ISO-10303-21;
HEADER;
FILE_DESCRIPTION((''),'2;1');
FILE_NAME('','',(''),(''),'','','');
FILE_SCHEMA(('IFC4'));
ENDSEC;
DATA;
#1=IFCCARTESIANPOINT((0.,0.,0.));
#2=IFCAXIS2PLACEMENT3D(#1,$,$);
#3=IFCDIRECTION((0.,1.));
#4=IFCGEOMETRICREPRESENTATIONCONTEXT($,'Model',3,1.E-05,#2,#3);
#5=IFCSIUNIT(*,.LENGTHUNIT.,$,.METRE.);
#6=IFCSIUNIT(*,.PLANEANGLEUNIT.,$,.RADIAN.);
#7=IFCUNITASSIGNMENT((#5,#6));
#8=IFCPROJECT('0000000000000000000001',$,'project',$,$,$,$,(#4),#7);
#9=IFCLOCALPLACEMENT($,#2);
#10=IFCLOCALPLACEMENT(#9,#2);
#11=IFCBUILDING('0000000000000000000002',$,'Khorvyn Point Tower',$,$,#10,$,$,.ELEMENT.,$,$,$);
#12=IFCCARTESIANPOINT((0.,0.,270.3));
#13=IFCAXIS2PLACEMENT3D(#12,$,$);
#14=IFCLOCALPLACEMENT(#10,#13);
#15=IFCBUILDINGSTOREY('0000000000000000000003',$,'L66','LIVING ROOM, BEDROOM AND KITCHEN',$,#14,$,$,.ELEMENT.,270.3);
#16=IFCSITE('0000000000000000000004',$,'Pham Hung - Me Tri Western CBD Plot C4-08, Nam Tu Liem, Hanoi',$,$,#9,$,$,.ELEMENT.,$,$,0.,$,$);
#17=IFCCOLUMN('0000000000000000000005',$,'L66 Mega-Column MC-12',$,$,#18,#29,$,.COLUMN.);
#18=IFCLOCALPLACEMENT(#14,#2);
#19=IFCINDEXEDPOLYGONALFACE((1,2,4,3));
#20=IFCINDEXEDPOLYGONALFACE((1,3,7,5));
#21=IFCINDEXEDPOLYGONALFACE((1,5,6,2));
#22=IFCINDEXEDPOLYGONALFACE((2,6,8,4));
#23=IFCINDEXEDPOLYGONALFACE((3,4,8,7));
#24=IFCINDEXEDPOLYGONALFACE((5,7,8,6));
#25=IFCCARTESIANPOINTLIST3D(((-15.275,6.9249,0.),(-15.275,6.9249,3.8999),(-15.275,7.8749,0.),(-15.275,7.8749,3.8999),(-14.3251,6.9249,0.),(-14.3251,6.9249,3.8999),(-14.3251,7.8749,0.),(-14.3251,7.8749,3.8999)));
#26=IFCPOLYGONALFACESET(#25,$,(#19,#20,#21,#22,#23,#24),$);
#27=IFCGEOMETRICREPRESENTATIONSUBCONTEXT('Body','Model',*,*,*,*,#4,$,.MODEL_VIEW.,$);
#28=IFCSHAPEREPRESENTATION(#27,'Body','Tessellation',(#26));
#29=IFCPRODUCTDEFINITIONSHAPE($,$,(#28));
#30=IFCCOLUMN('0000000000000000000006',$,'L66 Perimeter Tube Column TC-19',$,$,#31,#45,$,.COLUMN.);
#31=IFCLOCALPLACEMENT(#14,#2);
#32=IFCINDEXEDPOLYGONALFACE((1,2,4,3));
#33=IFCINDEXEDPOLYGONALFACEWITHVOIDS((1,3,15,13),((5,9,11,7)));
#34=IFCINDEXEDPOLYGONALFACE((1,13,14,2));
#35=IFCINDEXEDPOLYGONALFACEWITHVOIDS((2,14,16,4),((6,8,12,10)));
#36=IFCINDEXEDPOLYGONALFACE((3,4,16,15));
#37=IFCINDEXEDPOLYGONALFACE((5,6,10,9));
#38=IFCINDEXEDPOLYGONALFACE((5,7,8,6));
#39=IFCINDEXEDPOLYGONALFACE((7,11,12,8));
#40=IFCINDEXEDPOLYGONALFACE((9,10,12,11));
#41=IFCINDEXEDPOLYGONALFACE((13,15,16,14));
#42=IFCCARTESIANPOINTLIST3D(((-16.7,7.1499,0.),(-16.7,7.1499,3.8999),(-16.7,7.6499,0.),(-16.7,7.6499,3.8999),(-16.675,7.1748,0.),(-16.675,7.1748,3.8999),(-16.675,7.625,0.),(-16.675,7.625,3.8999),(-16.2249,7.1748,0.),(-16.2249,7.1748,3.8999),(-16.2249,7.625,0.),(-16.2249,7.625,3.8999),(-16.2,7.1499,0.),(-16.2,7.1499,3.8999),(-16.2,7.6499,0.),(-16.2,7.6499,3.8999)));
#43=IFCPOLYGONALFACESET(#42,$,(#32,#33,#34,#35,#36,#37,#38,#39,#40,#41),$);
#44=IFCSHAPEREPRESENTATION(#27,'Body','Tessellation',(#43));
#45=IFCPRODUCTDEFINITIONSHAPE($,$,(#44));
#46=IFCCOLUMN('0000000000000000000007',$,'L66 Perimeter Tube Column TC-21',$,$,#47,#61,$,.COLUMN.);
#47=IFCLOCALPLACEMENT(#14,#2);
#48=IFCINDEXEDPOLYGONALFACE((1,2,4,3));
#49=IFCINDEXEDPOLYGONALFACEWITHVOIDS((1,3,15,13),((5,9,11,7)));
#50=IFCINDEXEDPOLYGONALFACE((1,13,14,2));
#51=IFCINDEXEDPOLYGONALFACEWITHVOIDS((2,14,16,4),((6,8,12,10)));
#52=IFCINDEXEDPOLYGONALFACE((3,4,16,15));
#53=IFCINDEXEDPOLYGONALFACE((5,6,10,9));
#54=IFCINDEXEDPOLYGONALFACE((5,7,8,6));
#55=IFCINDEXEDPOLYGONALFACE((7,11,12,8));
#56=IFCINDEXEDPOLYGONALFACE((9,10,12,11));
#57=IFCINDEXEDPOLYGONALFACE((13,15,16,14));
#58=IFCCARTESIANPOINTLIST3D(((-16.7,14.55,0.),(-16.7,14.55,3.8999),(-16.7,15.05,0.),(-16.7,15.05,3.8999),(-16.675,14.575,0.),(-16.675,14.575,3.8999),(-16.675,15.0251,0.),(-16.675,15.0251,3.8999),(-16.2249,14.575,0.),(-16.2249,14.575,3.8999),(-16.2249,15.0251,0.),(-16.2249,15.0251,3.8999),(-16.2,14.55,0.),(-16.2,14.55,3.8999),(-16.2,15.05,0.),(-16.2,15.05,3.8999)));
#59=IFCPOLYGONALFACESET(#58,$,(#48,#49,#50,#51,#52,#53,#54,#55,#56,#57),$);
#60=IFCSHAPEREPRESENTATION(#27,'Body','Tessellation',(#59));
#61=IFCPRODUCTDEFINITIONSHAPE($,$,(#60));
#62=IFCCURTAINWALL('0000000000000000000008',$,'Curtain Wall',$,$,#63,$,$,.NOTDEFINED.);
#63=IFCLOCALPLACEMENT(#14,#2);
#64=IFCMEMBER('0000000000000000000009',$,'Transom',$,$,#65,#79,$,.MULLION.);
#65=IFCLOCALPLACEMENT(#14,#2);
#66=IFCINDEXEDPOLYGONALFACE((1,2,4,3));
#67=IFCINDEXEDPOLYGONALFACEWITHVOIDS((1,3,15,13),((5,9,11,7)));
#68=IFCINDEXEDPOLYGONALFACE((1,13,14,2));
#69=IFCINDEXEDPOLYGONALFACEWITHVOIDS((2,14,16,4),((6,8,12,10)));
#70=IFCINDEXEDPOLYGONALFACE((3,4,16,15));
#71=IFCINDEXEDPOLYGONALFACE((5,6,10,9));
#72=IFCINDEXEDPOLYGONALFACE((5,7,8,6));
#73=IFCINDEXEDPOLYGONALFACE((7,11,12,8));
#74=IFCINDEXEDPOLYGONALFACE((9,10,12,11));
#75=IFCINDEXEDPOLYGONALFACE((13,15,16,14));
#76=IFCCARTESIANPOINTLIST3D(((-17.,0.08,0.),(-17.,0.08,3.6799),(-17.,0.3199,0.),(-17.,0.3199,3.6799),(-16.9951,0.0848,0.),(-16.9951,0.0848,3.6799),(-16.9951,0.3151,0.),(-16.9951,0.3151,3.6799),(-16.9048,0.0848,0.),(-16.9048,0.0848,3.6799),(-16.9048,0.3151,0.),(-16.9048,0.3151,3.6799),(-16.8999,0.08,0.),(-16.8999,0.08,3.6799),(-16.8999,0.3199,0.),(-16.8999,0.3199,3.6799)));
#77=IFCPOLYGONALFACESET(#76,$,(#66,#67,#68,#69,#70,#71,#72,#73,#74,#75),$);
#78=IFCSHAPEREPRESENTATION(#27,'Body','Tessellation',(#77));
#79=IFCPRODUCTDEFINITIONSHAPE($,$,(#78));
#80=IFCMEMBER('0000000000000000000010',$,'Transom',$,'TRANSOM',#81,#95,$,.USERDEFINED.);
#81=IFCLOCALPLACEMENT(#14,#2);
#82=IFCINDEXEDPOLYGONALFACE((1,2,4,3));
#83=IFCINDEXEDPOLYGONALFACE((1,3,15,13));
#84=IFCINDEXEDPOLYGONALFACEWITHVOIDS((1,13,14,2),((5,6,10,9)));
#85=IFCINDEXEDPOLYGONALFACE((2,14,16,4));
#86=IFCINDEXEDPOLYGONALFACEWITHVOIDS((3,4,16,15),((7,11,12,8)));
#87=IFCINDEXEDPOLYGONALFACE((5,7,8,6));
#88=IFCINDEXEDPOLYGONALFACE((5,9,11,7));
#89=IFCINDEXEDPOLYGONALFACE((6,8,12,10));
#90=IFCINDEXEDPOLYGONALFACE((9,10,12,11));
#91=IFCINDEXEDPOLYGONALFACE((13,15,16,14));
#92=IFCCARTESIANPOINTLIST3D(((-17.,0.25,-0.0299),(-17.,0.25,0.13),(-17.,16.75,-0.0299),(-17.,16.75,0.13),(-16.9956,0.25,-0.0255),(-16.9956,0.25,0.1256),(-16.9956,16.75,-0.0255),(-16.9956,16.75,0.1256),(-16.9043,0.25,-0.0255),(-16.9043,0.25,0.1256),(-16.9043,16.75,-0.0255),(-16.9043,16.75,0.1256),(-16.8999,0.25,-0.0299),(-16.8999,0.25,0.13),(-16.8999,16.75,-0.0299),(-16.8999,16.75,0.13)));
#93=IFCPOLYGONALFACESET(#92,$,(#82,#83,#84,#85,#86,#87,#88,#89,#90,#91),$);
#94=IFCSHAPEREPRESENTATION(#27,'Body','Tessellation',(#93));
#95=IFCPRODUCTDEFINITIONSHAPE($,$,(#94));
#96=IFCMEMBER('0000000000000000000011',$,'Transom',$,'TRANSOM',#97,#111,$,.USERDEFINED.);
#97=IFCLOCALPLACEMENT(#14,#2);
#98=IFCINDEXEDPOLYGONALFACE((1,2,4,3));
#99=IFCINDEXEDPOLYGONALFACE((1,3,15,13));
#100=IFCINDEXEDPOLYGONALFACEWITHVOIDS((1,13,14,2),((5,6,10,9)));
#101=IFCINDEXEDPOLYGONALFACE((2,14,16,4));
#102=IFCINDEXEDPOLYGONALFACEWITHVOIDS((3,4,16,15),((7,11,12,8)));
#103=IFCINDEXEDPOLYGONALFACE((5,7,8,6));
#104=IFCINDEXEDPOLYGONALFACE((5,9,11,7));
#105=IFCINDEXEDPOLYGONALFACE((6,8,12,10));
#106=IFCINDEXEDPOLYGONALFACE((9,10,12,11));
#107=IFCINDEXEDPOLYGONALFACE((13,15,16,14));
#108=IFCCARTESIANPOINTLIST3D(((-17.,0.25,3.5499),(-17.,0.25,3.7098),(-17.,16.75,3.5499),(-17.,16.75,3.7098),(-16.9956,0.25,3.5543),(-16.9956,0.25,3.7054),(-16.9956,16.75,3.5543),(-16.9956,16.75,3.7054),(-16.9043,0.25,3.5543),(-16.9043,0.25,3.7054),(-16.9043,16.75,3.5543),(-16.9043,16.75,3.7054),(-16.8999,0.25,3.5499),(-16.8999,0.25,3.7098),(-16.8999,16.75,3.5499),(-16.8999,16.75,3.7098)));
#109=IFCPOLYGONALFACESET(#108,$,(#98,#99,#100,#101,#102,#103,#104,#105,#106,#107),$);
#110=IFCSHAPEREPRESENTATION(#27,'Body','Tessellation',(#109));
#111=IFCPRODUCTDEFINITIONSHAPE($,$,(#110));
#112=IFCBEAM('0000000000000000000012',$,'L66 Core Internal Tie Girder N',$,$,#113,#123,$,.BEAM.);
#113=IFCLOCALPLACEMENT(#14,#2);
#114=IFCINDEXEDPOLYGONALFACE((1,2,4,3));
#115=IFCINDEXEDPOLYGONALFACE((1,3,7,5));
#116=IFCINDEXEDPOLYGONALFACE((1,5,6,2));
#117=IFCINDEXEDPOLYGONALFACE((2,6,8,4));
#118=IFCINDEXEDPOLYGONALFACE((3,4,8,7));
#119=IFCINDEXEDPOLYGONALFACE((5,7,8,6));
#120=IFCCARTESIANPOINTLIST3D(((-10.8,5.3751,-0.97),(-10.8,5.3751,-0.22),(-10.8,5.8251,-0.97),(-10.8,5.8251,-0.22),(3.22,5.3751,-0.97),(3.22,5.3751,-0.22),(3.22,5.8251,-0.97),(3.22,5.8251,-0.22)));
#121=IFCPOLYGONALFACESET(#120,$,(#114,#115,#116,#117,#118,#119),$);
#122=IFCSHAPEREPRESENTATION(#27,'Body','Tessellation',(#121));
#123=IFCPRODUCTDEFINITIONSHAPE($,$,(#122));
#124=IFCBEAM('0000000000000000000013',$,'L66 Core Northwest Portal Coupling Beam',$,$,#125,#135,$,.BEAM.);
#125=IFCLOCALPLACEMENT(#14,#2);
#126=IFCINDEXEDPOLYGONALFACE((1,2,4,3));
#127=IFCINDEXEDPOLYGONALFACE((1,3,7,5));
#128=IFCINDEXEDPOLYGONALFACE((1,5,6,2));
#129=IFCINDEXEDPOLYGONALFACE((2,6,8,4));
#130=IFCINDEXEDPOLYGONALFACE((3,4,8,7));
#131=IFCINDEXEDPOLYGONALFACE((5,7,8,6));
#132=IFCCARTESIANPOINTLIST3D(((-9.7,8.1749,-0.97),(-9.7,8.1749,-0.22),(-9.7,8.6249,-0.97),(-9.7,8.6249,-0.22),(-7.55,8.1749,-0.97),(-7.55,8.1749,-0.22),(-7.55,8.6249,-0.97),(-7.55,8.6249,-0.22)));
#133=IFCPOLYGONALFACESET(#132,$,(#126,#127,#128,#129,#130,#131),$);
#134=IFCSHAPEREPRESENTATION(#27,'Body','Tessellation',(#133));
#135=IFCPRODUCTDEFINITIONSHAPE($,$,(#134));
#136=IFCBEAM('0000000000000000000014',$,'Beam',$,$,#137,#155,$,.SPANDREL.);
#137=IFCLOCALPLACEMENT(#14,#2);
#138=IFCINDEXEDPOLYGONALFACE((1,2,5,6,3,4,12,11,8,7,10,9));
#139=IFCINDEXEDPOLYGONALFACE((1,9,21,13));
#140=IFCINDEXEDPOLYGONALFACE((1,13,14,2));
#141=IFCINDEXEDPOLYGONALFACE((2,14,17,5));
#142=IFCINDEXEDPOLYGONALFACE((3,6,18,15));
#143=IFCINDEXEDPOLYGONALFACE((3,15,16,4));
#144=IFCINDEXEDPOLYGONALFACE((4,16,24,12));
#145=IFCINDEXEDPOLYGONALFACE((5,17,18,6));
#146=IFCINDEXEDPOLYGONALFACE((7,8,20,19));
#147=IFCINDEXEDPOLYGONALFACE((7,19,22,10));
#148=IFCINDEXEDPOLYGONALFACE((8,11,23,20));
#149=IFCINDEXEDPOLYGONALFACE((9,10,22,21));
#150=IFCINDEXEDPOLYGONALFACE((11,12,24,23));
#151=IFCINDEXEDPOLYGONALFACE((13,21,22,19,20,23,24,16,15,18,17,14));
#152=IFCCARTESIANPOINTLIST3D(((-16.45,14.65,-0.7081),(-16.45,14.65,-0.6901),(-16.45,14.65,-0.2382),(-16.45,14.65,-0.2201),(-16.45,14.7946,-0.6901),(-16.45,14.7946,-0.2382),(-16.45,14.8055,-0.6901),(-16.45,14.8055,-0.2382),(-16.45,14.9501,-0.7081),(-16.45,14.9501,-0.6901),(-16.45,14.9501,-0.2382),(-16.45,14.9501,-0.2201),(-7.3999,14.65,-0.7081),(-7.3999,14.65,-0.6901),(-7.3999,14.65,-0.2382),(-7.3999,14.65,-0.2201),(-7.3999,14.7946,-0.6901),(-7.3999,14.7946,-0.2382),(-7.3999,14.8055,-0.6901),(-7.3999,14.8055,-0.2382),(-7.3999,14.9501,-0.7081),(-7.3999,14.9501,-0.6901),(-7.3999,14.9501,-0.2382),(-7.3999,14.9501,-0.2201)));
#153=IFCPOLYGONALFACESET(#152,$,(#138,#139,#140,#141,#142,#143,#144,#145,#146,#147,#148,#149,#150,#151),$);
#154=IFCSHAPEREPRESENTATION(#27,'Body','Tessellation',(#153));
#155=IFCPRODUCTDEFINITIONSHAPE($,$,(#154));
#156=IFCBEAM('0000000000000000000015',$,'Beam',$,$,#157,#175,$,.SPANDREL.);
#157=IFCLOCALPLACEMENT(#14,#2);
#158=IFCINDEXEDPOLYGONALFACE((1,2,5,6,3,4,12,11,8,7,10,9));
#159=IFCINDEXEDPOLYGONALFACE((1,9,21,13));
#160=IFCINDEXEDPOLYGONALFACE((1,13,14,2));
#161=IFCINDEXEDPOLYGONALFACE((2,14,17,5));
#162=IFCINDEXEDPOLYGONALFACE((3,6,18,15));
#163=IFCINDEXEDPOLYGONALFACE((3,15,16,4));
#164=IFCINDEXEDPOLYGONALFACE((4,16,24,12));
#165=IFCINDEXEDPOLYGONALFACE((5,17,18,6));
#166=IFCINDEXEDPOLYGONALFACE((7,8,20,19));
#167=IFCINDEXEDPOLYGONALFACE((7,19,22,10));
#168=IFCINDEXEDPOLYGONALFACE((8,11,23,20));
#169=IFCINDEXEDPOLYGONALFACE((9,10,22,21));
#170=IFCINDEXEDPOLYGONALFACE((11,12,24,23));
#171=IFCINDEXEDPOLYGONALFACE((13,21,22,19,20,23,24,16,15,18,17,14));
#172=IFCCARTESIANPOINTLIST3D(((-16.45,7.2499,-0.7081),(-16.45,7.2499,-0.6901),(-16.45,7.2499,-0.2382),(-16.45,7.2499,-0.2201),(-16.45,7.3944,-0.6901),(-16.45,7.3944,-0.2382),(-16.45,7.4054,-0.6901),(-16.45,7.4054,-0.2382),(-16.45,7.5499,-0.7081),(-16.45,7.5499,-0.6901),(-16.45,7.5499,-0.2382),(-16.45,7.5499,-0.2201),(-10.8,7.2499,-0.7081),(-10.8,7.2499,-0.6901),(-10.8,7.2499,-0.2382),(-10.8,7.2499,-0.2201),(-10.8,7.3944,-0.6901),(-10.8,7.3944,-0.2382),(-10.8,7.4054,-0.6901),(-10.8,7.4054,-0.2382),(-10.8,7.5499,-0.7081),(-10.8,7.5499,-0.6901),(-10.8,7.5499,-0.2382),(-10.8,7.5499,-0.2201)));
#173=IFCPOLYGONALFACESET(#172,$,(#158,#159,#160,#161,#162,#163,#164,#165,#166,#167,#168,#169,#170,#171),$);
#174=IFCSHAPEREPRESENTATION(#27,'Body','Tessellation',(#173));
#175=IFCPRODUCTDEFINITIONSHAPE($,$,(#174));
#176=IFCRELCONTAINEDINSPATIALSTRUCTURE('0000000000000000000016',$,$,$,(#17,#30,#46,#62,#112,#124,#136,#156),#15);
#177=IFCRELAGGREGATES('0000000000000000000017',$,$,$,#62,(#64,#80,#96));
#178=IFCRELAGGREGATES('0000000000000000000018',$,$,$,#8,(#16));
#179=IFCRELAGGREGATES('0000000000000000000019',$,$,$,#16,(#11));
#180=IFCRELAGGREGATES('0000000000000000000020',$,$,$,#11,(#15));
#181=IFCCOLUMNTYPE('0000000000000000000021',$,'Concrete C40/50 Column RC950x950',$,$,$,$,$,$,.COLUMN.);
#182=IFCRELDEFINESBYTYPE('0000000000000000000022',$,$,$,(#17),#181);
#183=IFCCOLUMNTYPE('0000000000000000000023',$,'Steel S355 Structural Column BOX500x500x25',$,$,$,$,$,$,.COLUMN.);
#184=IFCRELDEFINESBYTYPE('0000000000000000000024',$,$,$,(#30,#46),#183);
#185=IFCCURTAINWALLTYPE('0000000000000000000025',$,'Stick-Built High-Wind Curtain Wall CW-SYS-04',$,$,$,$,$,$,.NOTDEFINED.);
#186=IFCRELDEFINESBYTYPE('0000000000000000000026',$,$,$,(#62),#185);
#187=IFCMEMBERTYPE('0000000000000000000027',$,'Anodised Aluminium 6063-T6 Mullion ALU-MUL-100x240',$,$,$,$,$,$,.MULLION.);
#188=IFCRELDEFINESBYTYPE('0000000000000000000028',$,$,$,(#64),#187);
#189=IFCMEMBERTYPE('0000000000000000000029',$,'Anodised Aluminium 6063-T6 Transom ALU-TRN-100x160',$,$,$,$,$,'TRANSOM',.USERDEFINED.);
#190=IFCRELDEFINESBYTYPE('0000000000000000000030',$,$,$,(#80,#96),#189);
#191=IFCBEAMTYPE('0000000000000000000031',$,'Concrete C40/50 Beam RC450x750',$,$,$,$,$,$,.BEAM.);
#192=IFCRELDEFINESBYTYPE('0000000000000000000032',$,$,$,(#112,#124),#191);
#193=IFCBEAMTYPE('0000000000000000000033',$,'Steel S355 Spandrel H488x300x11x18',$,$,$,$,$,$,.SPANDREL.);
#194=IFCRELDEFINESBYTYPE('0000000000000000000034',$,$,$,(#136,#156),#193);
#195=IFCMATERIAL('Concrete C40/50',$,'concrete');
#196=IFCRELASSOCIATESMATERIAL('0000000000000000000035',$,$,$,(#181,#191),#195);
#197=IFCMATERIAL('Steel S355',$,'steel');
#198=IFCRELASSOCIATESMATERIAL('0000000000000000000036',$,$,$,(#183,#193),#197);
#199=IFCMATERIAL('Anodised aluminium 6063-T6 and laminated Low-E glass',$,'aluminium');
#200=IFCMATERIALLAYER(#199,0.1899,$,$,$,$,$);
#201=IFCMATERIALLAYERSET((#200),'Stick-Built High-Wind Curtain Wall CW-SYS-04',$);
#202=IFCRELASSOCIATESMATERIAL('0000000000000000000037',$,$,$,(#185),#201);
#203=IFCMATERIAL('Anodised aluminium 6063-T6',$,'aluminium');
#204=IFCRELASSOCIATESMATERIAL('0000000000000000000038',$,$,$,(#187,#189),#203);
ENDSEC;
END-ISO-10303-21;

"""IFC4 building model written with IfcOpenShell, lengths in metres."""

from ifc_helpers import new_model, si_unit, direction, frame, origin, origin_2d, place, context, subcontext, project, spatial, rectangle, hollow_rectangle, i_section, extrude, material, layer, layer_set, material_profile, profile_set, type_object, element, aggregate, save


model = new_model("IFC4")

# Units and contexts
model_context = context("Model", 3, precision=1e-05, world=origin(), true_north=direction((0.0, 1.0)))
body_context = subcontext(model_context, "Body", "Model", "MODEL_VIEW")
ifc_project = project(units=[si_unit("LENGTHUNIT", "METRE"), si_unit("PLANEANGLEUNIT", "RADIAN")], contexts=[model_context])

# Site, building, storey
site_placement = place(None, origin())
site = spatial("IfcSite", under=ifc_project, at=site_placement, Name="Pham Hung - Me Tri Western CBD Plot C4-08, Nam Tu Liem, Hanoi", CompositionType="ELEMENT", RefElevation=0.0)
building_placement = place(site_placement, origin())
building = spatial("IfcBuilding", under=site, at=building_placement, Name="Khorvyn Point Tower", CompositionType="ELEMENT")
storey_placement = place(building_placement, frame((0.0, 0.0, 270.3)))
storey = spatial("IfcBuildingStorey", under=building, at=storey_placement, Name="L66", Description="LIVING ROOM, BEDROOM AND KITCHEN", CompositionType="ELEMENT", Elevation=270.3)

# Columns
ifc_material_1 = material(Name="Concrete C40/50", Category="concrete")
ifc_material_profile_1 = material_profile(ifc_material_1, rectangle(XDim=0.95, YDim=0.95, at=origin_2d()))
ifc_profile_set_1 = profile_set([ifc_material_profile_1], Name="Concrete C40/50 RC950x950")
column_type_1 = type_object("IfcColumnType", Name="Concrete C40/50 Column RC950x950", PredefinedType="COLUMN", material=ifc_profile_set_1)
column_placement = place(storey_placement, frame((-14.8, 7.3999, 0.0), z_axis=(0.0, 0.0, 1.0), x_axis=(1.0, 0.0, 0.0)))
element("IfcColumn", 1, at=column_placement, inside=storey, type_object=column_type_1, Name="L66 Mega-Column MC-12", PredefinedType="COLUMN", context=body_context, shape_type="SweptSolid", body=[
    extrude(rectangle(XDim=0.95, YDim=0.95, at=origin_2d()), origin(), (0.0, 0.0, 1.0), 3.8999),
])
ifc_material_2 = material(Name="Steel S355", Category="steel")
ifc_material_profile_2 = material_profile(ifc_material_2, hollow_rectangle(XDim=0.5, YDim=0.5, WallThickness=0.0249, at=origin_2d()))
ifc_profile_set_2 = profile_set([ifc_material_profile_2], Name="Steel S355 BOX500x500x25")
column_type_2 = type_object("IfcColumnType", Name="Steel S355 Structural Column BOX500x500x25", PredefinedType="COLUMN", material=ifc_profile_set_2)
for number, where, z_axis, x_axis, name in (
    (2, (-16.45, 7.3999, 0.0), (0.0, 0.0, 1.0), (1.0, 0.0, 0.0), "L66 Perimeter Tube Column TC-19"),
    (3, (-16.45, 14.8, 0.0), (0.0, 0.0, 1.0), (1.0, 0.0, 0.0), "L66 Perimeter Tube Column TC-21"),
):
    element("IfcColumn", number, at=place(storey_placement, frame(where, z_axis=z_axis, x_axis=x_axis)), inside=storey, type_object=column_type_2, Name=name, PredefinedType="COLUMN", context=body_context, shape_type="SweptSolid", body=[
        extrude(hollow_rectangle(XDim=0.5, YDim=0.5, WallThickness=0.0249, at=origin_2d()), origin(), (0.0, 0.0, 1.0), 3.8999),
    ])

# Curtain wall, members
ifc_material_3 = material(Name="Anodised aluminium 6063-T6 and laminated Low-E glass", Category="aluminium")
ifc_layer_1 = layer(ifc_material_3, 0.1899)
ifc_layer_set_1 = layer_set([ifc_layer_1], Name="Stick-Built High-Wind Curtain Wall CW-SYS-04")
curtain_wall_type = type_object("IfcCurtainWallType", Name="Stick-Built High-Wind Curtain Wall CW-SYS-04", PredefinedType="NOTDEFINED", material=ifc_layer_set_1)
curtain_wall_placement = place(storey_placement, origin())
curtain_wall = element("IfcCurtainWall", 4, at=curtain_wall_placement, inside=storey, type_object=curtain_wall_type, Name="Curtain Wall", PredefinedType="NOTDEFINED")
ifc_material_4 = material(Name="Anodised aluminium 6063-T6", Category="aluminium")
ifc_material_profile_3 = material_profile(ifc_material_4, hollow_rectangle(XDim=0.1001, YDim=0.24, WallThickness=0.0049, at=origin_2d()))
ifc_profile_set_3 = profile_set([ifc_material_profile_3], Name="Anodised aluminium 6063-T6 ALU-MUL-100x240")
member_type_1 = type_object("IfcMemberType", Name="Anodised Aluminium 6063-T6 Mullion ALU-MUL-100x240", PredefinedType="MULLION", material=ifc_profile_set_3)
member_1_placement = place(storey_placement, frame((-16.95, 0.2, 0.0), z_axis=(0.0, 0.0, 1.0), x_axis=(-1.0, 0.0, 0.0)))
member_1 = element("IfcMember", 5, at=member_1_placement, type_object=member_type_1, Name="Transom", PredefinedType="MULLION", context=body_context, shape_type="SweptSolid", body=[
    extrude(hollow_rectangle(XDim=0.1001, YDim=0.24, WallThickness=0.0049, at=origin_2d()), origin(), (0.0, 0.0, 1.0), 3.6799),
])
ifc_material_profile_4 = material_profile(ifc_material_4, hollow_rectangle(XDim=0.1001, YDim=0.1599, WallThickness=0.0044, at=origin_2d()))
ifc_profile_set_4 = profile_set([ifc_material_profile_4], Name="Anodised aluminium 6063-T6 ALU-TRN-100x160")
member_type_2 = type_object("IfcMemberType", Name="Anodised Aluminium 6063-T6 Transom ALU-TRN-100x160", ElementType="TRANSOM", PredefinedType="USERDEFINED", material=ifc_profile_set_4)
member_2_placement = place(storey_placement, frame((-16.95, 0.25, 0.05), z_axis=(0.0, 1.0, 0.0), x_axis=(-1.0, 0.0, 0.0)))
member_2 = element("IfcMember", 6, at=member_2_placement, type_object=member_type_2, Name="Transom", ObjectType="TRANSOM", PredefinedType="USERDEFINED", context=body_context, shape_type="SweptSolid", body=[
    extrude(hollow_rectangle(XDim=0.1001, YDim=0.1599, WallThickness=0.0044, at=origin_2d()), origin(), (0.0, 0.0, 1.0), 16.5),
])
member_3_placement = place(storey_placement, frame((-16.95, 0.25, 3.6299), z_axis=(0.0, 1.0, 0.0), x_axis=(-1.0, 0.0, 0.0)))
member_3 = element("IfcMember", 7, at=member_3_placement, type_object=member_type_2, Name="Transom", ObjectType="TRANSOM", PredefinedType="USERDEFINED", context=body_context, shape_type="SweptSolid", body=[
    extrude(hollow_rectangle(XDim=0.1001, YDim=0.1599, WallThickness=0.0044, at=origin_2d()), origin(), (0.0, 0.0, 1.0), 16.5),
])

# Beams
ifc_material_profile_5 = material_profile(ifc_material_1, rectangle(XDim=0.45, YDim=0.75, at=origin_2d()))
ifc_profile_set_5 = profile_set([ifc_material_profile_5], Name="Concrete C40/50 RC450x750")
beam_type_1 = type_object("IfcBeamType", Name="Concrete C40/50 Beam RC450x750", PredefinedType="BEAM", material=ifc_profile_set_5)
beam_1_placement = place(storey_placement, frame((-10.8, 5.6001, -0.595), z_axis=(1.0, 0.0, 0.0), x_axis=(0.0, 1.0, 0.0)))
element("IfcBeam", 8, at=beam_1_placement, inside=storey, type_object=beam_type_1, Name="L66 Core Internal Tie Girder N", PredefinedType="BEAM", context=body_context, shape_type="SweptSolid", body=[
    extrude(rectangle(XDim=0.45, YDim=0.75, at=origin_2d()), origin(), (0.0, 0.0, 1.0), 14.02),
])
beam_2_placement = place(storey_placement, frame((-9.7, 8.3999, -0.595), z_axis=(1.0, 0.0, 0.0), x_axis=(0.0, 1.0, 0.0)))
element("IfcBeam", 9, at=beam_2_placement, inside=storey, type_object=beam_type_1, Name="L66 Core Northwest Portal Coupling Beam", PredefinedType="BEAM", context=body_context, shape_type="SweptSolid", body=[
    extrude(rectangle(XDim=0.45, YDim=0.75, at=origin_2d()), origin(), (0.0, 0.0, 1.0), 2.1499),
])
ifc_material_profile_6 = material_profile(ifc_material_2, i_section(OverallWidth=0.3, OverallDepth=0.488, WebThickness=0.011, FlangeThickness=0.0181, at=origin_2d()))
ifc_profile_set_6 = profile_set([ifc_material_profile_6], Name="Steel S355 H488x300x11x18")
beam_type_2 = type_object("IfcBeamType", Name="Steel S355 Spandrel H488x300x11x18", PredefinedType="SPANDREL", material=ifc_profile_set_6)
beam_3_placement = place(storey_placement, frame((-16.45, 14.8, -0.4641), z_axis=(1.0, 0.0, 0.0), x_axis=(0.0, 1.0, 0.0)))
element("IfcBeam", 10, at=beam_3_placement, inside=storey, type_object=beam_type_2, Name="Beam", PredefinedType="SPANDREL", context=body_context, shape_type="SweptSolid", body=[
    extrude(i_section(OverallWidth=0.3, OverallDepth=0.488, WebThickness=0.011, FlangeThickness=0.0181, at=origin_2d()), origin(), (0.0, 0.0, 1.0), 9.05),
])
beam_4_placement = place(storey_placement, frame((-16.45, 7.3999, -0.4641), z_axis=(1.0, 0.0, 0.0), x_axis=(0.0, 1.0, 0.0)))
element("IfcBeam", 11, at=beam_4_placement, inside=storey, type_object=beam_type_2, Name="Beam", PredefinedType="SPANDREL", context=body_context, shape_type="SweptSolid", body=[
    extrude(i_section(OverallWidth=0.3, OverallDepth=0.488, WebThickness=0.011, FlangeThickness=0.0181, at=origin_2d()), origin(), (0.0, 0.0, 1.0), 5.6499),
])

aggregate(curtain_wall, [member_1, member_2, member_3])

save(model, "model.ifc")
